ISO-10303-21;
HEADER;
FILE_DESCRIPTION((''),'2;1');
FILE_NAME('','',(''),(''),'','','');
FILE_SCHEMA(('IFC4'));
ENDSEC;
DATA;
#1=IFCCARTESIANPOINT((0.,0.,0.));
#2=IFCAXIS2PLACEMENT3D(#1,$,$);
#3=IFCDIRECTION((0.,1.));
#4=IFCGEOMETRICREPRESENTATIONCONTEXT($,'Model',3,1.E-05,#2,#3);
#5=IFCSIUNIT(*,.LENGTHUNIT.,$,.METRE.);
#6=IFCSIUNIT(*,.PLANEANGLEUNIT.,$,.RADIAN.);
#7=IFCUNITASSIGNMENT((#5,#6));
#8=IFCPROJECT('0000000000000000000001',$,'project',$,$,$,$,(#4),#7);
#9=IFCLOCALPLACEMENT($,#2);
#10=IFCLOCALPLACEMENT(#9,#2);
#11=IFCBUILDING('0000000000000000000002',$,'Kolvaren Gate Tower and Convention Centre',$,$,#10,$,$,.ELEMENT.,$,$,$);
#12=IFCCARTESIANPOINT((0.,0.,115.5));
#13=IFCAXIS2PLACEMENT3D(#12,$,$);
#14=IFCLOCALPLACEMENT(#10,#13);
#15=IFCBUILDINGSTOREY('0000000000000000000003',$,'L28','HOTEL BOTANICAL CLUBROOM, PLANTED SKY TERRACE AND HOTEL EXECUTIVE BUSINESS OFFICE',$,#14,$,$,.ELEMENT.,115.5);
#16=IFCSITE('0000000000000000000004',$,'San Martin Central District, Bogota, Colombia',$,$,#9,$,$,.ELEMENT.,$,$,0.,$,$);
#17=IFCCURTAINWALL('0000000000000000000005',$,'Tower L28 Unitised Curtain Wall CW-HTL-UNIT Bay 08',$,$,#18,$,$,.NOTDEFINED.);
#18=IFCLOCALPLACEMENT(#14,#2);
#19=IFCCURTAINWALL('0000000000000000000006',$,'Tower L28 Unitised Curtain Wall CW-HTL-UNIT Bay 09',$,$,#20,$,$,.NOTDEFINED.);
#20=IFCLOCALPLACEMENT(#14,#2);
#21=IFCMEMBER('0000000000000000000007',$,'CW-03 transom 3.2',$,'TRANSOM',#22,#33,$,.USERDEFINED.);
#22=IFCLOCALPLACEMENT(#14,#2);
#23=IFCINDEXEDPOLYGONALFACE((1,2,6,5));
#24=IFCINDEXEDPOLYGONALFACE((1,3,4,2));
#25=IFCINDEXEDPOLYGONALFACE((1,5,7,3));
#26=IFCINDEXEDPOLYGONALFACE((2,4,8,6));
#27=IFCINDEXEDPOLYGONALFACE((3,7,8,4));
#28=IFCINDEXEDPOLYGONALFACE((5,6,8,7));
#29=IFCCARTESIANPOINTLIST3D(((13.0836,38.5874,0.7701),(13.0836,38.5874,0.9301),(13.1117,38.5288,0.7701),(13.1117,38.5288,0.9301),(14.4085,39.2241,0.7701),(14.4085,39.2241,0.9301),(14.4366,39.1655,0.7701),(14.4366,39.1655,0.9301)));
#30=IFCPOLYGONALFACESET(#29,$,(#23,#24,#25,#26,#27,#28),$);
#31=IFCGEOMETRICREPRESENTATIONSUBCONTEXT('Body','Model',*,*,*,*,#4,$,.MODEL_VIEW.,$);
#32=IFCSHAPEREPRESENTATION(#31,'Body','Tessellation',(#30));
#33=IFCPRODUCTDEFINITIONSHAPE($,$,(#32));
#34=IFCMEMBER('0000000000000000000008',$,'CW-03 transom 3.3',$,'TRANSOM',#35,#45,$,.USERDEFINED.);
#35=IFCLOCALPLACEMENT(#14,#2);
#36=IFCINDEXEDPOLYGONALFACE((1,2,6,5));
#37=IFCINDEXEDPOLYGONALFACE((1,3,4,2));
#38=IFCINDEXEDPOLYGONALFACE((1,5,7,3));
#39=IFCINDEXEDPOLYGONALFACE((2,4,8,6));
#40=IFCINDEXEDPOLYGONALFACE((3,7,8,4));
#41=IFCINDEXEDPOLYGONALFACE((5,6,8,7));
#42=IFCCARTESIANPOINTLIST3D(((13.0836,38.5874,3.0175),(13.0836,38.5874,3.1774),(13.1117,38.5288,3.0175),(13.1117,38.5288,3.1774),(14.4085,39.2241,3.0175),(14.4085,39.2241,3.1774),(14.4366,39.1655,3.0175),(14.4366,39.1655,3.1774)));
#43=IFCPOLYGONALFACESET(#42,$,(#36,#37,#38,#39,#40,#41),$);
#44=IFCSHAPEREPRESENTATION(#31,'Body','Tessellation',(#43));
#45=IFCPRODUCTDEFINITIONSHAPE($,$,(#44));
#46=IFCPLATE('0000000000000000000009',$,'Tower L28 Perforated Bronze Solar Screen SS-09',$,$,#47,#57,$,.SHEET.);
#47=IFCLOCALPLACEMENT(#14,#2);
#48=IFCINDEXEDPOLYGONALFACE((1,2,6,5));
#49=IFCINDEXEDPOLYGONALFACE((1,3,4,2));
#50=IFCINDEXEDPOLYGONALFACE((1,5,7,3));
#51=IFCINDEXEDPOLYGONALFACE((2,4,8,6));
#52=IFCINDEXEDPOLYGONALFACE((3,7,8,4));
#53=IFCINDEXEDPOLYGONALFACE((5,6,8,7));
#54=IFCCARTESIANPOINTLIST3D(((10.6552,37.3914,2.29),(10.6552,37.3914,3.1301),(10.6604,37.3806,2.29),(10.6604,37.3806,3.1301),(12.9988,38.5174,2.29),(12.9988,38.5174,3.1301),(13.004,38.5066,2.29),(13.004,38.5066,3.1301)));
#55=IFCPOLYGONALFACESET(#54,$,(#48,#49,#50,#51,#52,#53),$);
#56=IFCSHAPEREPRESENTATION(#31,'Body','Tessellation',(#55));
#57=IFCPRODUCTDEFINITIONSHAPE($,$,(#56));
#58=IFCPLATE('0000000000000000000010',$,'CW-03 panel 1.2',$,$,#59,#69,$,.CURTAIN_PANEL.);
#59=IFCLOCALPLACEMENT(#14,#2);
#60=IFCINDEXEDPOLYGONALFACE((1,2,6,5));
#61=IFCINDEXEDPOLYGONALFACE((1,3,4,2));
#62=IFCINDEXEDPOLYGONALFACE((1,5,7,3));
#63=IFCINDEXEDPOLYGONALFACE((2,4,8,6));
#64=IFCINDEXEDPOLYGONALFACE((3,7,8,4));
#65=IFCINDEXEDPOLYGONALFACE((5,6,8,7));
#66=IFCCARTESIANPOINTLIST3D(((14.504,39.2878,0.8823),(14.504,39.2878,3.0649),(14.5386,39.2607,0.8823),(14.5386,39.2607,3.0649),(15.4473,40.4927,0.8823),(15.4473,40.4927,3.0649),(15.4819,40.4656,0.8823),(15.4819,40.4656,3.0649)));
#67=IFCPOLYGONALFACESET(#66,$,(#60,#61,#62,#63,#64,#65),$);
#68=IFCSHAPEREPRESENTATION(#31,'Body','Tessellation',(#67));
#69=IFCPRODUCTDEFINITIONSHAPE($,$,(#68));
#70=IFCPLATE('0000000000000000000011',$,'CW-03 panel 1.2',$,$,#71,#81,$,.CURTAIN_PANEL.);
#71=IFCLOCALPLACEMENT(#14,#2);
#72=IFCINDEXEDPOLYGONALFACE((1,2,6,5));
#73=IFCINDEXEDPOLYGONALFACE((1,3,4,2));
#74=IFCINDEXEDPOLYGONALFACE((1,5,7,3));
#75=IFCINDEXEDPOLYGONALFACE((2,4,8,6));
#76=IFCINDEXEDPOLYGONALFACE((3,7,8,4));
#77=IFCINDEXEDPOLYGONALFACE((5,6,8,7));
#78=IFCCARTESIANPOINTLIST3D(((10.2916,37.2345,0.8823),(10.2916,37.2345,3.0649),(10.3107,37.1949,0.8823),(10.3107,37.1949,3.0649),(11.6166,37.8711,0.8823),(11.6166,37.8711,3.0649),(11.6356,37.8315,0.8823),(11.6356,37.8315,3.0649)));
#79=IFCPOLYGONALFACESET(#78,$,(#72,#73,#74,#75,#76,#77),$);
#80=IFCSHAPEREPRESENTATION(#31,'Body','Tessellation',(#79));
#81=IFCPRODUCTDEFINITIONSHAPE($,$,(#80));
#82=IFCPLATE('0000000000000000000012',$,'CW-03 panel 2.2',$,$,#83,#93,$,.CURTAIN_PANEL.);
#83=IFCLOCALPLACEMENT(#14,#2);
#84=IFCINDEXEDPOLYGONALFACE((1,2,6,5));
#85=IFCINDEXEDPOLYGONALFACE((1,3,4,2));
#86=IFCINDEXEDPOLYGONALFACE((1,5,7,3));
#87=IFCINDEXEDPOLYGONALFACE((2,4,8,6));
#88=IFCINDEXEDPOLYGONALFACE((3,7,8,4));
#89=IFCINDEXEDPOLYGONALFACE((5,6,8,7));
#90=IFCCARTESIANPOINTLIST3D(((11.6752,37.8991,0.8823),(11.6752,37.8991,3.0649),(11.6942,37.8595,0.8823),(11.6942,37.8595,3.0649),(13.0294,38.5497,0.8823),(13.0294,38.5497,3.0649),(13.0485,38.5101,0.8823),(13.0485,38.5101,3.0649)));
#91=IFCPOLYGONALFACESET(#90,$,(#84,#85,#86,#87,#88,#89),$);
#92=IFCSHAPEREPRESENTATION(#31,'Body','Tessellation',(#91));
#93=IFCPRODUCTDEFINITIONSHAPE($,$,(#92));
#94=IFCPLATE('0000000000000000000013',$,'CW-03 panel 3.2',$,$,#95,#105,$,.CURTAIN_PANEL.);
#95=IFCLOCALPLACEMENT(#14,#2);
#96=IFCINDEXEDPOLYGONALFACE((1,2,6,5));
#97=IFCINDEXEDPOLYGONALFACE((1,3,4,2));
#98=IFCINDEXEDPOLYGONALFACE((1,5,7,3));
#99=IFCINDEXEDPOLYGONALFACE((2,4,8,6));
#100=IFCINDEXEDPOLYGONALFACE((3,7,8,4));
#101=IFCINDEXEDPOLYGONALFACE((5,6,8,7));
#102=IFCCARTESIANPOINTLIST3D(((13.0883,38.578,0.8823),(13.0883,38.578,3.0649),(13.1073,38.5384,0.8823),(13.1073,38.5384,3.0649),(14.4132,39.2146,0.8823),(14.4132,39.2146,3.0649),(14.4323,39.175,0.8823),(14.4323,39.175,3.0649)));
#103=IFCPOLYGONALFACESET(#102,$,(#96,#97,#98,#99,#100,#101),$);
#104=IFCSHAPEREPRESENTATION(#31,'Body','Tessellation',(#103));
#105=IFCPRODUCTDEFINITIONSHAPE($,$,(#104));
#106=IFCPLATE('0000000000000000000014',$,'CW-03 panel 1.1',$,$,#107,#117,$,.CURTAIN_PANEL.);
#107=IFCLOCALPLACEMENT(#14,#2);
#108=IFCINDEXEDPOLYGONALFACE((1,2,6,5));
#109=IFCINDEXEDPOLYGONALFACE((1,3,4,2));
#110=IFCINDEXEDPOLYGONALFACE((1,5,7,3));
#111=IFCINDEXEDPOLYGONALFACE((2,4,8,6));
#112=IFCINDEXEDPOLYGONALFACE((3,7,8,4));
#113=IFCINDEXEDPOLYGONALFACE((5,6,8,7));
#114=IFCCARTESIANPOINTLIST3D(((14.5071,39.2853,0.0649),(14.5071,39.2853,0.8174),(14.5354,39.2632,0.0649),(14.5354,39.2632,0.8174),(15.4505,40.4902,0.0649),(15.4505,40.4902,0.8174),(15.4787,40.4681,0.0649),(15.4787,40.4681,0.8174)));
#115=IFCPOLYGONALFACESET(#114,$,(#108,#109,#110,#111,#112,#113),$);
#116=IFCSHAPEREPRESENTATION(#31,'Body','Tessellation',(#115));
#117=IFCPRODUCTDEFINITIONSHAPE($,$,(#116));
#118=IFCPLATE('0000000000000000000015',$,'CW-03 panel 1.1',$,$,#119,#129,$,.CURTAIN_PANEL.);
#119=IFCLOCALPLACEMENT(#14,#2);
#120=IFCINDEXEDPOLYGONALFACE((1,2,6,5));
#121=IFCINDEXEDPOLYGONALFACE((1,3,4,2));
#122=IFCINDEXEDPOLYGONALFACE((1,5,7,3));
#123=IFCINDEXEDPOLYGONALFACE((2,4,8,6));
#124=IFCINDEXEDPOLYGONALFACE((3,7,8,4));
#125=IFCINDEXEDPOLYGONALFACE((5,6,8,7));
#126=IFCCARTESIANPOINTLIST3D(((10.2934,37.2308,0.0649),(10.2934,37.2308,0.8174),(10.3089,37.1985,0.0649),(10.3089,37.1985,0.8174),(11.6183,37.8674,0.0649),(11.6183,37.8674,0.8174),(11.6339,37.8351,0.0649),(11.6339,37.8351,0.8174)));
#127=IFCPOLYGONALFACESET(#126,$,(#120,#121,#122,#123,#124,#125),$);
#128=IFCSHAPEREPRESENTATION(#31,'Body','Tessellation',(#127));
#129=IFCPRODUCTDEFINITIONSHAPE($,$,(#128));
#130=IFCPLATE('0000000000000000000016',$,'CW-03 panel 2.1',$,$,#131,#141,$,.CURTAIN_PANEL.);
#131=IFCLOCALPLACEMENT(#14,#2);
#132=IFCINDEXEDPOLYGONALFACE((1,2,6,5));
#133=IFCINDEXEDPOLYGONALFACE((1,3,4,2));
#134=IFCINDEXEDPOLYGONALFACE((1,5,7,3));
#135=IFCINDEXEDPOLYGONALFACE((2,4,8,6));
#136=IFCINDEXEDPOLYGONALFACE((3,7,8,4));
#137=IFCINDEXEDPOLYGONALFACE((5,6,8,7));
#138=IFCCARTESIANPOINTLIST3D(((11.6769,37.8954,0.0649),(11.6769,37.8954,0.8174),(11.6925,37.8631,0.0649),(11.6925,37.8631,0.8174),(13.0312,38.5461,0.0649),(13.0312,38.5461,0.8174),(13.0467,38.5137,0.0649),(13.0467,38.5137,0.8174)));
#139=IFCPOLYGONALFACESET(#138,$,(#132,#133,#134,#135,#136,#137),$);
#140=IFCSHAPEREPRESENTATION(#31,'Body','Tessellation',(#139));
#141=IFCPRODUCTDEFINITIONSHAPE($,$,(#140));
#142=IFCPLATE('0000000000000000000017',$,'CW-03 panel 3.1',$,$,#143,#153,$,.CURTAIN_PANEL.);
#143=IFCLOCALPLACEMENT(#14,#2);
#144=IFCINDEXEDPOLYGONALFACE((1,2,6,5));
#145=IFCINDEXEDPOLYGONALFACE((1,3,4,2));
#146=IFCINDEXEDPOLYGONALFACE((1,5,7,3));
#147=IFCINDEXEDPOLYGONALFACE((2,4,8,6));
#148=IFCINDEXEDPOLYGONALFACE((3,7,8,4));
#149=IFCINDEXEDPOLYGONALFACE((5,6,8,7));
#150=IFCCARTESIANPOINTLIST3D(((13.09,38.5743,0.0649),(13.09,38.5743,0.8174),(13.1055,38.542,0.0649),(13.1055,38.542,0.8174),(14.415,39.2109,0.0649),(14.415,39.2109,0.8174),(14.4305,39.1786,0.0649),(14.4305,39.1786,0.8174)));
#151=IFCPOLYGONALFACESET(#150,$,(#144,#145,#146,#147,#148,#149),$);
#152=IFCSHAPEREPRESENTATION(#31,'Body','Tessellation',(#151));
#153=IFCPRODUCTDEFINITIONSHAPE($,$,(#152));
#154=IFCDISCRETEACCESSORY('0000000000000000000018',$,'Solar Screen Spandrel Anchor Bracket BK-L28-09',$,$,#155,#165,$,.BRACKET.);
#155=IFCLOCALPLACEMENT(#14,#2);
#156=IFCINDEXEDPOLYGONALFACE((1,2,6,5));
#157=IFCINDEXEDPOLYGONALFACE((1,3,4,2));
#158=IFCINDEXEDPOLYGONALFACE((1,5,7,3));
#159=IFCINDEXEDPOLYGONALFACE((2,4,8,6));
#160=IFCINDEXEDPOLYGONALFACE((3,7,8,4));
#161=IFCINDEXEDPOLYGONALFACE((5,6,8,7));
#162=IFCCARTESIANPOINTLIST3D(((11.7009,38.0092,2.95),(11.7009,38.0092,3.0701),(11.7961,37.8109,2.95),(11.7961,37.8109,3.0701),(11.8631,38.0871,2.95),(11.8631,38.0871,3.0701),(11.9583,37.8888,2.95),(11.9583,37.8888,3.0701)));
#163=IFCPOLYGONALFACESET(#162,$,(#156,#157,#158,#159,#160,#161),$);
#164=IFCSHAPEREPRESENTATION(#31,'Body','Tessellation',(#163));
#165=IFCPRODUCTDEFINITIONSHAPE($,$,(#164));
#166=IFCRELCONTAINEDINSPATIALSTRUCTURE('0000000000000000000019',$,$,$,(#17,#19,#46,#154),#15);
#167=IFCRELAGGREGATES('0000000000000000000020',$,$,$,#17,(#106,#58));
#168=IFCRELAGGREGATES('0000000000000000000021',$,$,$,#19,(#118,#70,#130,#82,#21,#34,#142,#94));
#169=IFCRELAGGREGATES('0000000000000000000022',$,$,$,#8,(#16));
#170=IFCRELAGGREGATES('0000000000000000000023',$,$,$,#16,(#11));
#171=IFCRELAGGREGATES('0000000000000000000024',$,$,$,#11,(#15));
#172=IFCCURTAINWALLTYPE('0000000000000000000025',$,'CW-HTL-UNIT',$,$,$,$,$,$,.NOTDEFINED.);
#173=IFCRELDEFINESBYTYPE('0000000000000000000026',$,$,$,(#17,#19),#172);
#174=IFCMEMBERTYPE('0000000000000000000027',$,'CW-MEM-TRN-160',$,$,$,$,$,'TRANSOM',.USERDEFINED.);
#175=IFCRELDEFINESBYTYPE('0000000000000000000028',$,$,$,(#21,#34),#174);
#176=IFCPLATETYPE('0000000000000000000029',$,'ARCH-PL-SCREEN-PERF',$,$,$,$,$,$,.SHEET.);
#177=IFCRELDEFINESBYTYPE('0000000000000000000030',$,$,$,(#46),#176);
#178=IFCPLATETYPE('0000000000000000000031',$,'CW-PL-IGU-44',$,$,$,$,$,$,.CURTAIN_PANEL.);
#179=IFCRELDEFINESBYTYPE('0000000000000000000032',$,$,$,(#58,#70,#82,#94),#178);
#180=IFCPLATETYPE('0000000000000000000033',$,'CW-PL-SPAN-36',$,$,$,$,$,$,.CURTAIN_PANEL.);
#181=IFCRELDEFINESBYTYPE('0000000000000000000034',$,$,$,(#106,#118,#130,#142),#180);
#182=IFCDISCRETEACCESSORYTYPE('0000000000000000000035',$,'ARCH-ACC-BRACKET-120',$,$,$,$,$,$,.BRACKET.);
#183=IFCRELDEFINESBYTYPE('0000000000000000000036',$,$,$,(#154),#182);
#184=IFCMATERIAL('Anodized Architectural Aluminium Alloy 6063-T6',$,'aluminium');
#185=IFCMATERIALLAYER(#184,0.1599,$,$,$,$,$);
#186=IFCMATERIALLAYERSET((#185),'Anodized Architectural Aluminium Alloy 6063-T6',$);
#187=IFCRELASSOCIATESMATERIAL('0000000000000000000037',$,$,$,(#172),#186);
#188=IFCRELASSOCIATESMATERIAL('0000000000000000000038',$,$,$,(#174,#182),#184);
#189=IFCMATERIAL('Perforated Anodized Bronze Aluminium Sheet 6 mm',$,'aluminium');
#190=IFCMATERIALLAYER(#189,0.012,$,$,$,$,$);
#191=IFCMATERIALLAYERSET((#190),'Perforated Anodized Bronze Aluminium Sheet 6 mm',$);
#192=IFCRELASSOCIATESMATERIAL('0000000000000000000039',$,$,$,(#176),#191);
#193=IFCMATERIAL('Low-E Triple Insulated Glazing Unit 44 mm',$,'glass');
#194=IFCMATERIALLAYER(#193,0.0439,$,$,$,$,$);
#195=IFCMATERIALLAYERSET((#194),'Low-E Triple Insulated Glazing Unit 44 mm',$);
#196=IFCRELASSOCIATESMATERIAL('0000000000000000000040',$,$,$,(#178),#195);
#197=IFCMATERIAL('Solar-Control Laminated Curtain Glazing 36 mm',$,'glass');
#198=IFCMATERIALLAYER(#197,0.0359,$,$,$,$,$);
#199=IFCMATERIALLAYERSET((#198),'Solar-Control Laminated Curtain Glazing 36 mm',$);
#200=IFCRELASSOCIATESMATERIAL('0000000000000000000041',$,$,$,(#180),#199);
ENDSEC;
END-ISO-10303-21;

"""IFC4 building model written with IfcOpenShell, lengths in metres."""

from ifc_helpers import new_model, si_unit, direction, frame, origin, origin_2d, place, context, subcontext, project, spatial, rectangle, extrude, material, layer, layer_set, material_profile, profile_set, type_object, element, aggregate, save


model = new_model("IFC4")

# Units and contexts
model_context = context("Model", 3, precision=1e-05, world=origin(), true_north=direction((0.0, 1.0)))
body_context = subcontext(model_context, "Body", "Model", "MODEL_VIEW")
ifc_project = project(units=[si_unit("LENGTHUNIT", "METRE"), si_unit("PLANEANGLEUNIT", "RADIAN")], contexts=[model_context])

# Site, building, storey
site_placement = place(None, origin())
site = spatial("IfcSite", under=ifc_project, at=site_placement, Name="San Martin Central District, Bogota, Colombia", CompositionType="ELEMENT", RefElevation=0.0)
building_placement = place(site_placement, origin())
building = spatial("IfcBuilding", under=site, at=building_placement, Name="Kolvaren Gate Tower and Convention Centre", CompositionType="ELEMENT")
storey_placement = place(building_placement, frame((0.0, 0.0, 115.5)))
storey = spatial("IfcBuildingStorey", under=building, at=storey_placement, Name="L28", Description="HOTEL BOTANICAL CLUBROOM, PLANTED SKY TERRACE AND HOTEL EXECUTIVE BUSINESS OFFICE", CompositionType="ELEMENT", Elevation=115.5)

# Curtain wall
ifc_material_1 = material(Name="Anodized Architectural Aluminium Alloy 6063-T6", Category="aluminium")
ifc_layer_1 = layer(ifc_material_1, 0.1599)
ifc_layer_set_1 = layer_set([ifc_layer_1], Name="Anodized Architectural Aluminium Alloy 6063-T6")
curtain_wall_type = type_object("IfcCurtainWallType", Name="CW-HTL-UNIT", PredefinedType="NOTDEFINED", material=ifc_layer_set_1)
curtain_wall_1_placement = place(storey_placement, origin())
curtain_wall_1 = element("IfcCurtainWall", 1, at=curtain_wall_1_placement, inside=storey, type_object=curtain_wall_type, Name="Tower L28 Unitised Curtain Wall CW-HTL-UNIT Bay 08", PredefinedType="NOTDEFINED")

# Curtain wall
curtain_wall_2_placement = place(storey_placement, origin())
curtain_wall_2 = element("IfcCurtainWall", 2, at=curtain_wall_2_placement, inside=storey, type_object=curtain_wall_type, Name="Tower L28 Unitised Curtain Wall CW-HTL-UNIT Bay 09", PredefinedType="NOTDEFINED")

# Members
ifc_material_profile_1 = material_profile(ifc_material_1, rectangle(XDim=0.0649, YDim=0.1599, at=origin_2d()), Name="CW-MEM-TRN-160")
ifc_profile_set_1 = profile_set([ifc_material_profile_1], Name="Anodized Architectural Aluminium Alloy 6063-T6")
member_type_1 = type_object("IfcMemberType", Name="CW-MEM-TRN-160", ElementType="TRANSOM", PredefinedType="USERDEFINED", material=ifc_profile_set_1)
member_1_placement = place(storey_placement, frame((13.0977, 38.5581, 0.8501), z_axis=(0.901326, 0.433141, 0.0), x_axis=(-0.433141, 0.901326, 0.0)))
member_1 = element("IfcMember", 3, at=member_1_placement, type_object=member_type_1, Name="CW-03 transom 3.2", ObjectType="TRANSOM", PredefinedType="USERDEFINED", context=body_context, shape_type="SweptSolid", body=[
    extrude(rectangle(XDim=0.0649, YDim=0.1599, at=origin_2d()), origin(), (0.0, 0.0, 1.0), 1.47),
])
member_2_placement = place(storey_placement, frame((13.0977, 38.5581, 3.0974), z_axis=(0.901326, 0.433141, 0.0), x_axis=(-0.433141, 0.901326, 0.0)))
member_2 = element("IfcMember", 4, at=member_2_placement, type_object=member_type_1, Name="CW-03 transom 3.3", ObjectType="TRANSOM", PredefinedType="USERDEFINED", context=body_context, shape_type="SweptSolid", body=[
    extrude(rectangle(XDim=0.0649, YDim=0.1599, at=origin_2d()), origin(), (0.0, 0.0, 1.0), 1.47),
])

# Plates
ifc_material_2 = material(Name="Perforated Anodized Bronze Aluminium Sheet 6 mm", Category="aluminium")
ifc_layer_2 = layer(ifc_material_2, 0.012)
ifc_layer_set_2 = layer_set([ifc_layer_2], Name="Perforated Anodized Bronze Aluminium Sheet 6 mm")
plate_type_1 = type_object("IfcPlateType", Name="ARCH-PL-SCREEN-PERF", PredefinedType="SHEET", material=ifc_layer_set_2)
plate_1_placement = place(storey_placement, frame((11.8296, 37.949, 2.29), z_axis=(0.0, 0.0, 1.0), x_axis=(0.901363, 0.433065, 0.0)))
element("IfcPlate", 5, at=plate_1_placement, inside=storey, type_object=plate_type_1, Name="Tower L28 Perforated Bronze Solar Screen SS-09", PredefinedType="SHEET", context=body_context, shape_type="SweptSolid", body=[
    extrude(rectangle(XDim=2.6001, YDim=0.012, at=origin_2d()), origin(), (0.0, 0.0, 1.0), 0.8401),
])
ifc_material_3 = material(Name="Low-E Triple Insulated Glazing Unit 44 mm", Category="glass")
ifc_layer_3 = layer(ifc_material_3, 0.0439)
ifc_layer_set_3 = layer_set([ifc_layer_3], Name="Low-E Triple Insulated Glazing Unit 44 mm")
plate_type_2 = type_object("IfcPlateType", Name="CW-PL-IGU-44", PredefinedType="CURTAIN_PANEL", material=ifc_layer_set_3)
plate_2_placement = place(storey_placement, frame((14.9929, 39.8767, 0.8823), z_axis=(0.0, 0.0, 1.0), x_axis=(0.616441, 0.787401, 0.0)))
plate_2 = element("IfcPlate", 6, at=plate_2_placement, type_object=plate_type_2, Name="CW-03 panel 1.2", PredefinedType="CURTAIN_PANEL", context=body_context, shape_type="SweptSolid", body=[
    extrude(rectangle(XDim=1.5303, YDim=0.0439, at=origin_2d()), origin(), (0.0, 0.0, 1.0), 2.1826),
])
plate_3_placement = place(storey_placement, frame((10.9636, 37.533, 0.8823), z_axis=(0.0, 0.0, 1.0), x_axis=(0.901359, 0.433073, 0.0)))
plate_3 = element("IfcPlate", 7, at=plate_3_placement, type_object=plate_type_2, Name="CW-03 panel 1.2", PredefinedType="CURTAIN_PANEL", context=body_context, shape_type="SweptSolid", body=[
    extrude(rectangle(XDim=1.47, YDim=0.0439, at=origin_2d()), origin(), (0.0, 0.0, 1.0), 2.1826),
])
plate_4_placement = place(storey_placement, frame((12.3618, 38.2046, 0.8823), z_axis=(0.0, 0.0, 1.0), x_axis=(0.901359, 0.433073, 0.0)))
plate_4 = element("IfcPlate", 8, at=plate_4_placement, type_object=plate_type_2, Name="CW-03 panel 2.2", PredefinedType="CURTAIN_PANEL", context=body_context, shape_type="SweptSolid", body=[
    extrude(rectangle(XDim=1.5024, YDim=0.0439, at=origin_2d()), origin(), (0.0, 0.0, 1.0), 2.1826),
])
plate_5_placement = place(storey_placement, frame((13.7603, 38.8765, 0.8823), z_axis=(0.0, 0.0, 1.0), x_axis=(0.901359, 0.433073, 0.0)))
plate_5 = element("IfcPlate", 9, at=plate_5_placement, type_object=plate_type_2, Name="CW-03 panel 3.2", PredefinedType="CURTAIN_PANEL", context=body_context, shape_type="SweptSolid", body=[
    extrude(rectangle(XDim=1.47, YDim=0.0439, at=origin_2d()), origin(), (0.0, 0.0, 1.0), 2.1826),
])
ifc_material_4 = material(Name="Solar-Control Laminated Curtain Glazing 36 mm", Category="glass")
ifc_layer_4 = layer(ifc_material_4, 0.0359)
ifc_layer_set_4 = layer_set([ifc_layer_4], Name="Solar-Control Laminated Curtain Glazing 36 mm")
plate_type_3 = type_object("IfcPlateType", Name="CW-PL-SPAN-36", PredefinedType="CURTAIN_PANEL", material=ifc_layer_set_4)
plate_6_placement = place(storey_placement, frame((14.9929, 39.8767, 0.0649), z_axis=(0.0, 0.0, 1.0), x_axis=(0.616441, 0.787401, 0.0)))
plate_6 = element("IfcPlate", 10, at=plate_6_placement, type_object=plate_type_3, Name="CW-03 panel 1.1", PredefinedType="CURTAIN_PANEL", context=body_context, shape_type="SweptSolid", body=[
    extrude(rectangle(XDim=1.5303, YDim=0.0359, at=origin_2d()), origin(), (0.0, 0.0, 1.0), 0.7524),
])
aggregate(curtain_wall_1, [plate_6, plate_2])
plate_7_placement = place(storey_placement, frame((10.9636, 37.533, 0.0649), z_axis=(0.0, 0.0, 1.0), x_axis=(0.901359, 0.433073, 0.0)))
plate_7 = element("IfcPlate", 11, at=plate_7_placement, type_object=plate_type_3, Name="CW-03 panel 1.1", PredefinedType="CURTAIN_PANEL", context=body_context, shape_type="SweptSolid", body=[
    extrude(rectangle(XDim=1.47, YDim=0.0359, at=origin_2d()), origin(), (0.0, 0.0, 1.0), 0.7524),
])
plate_8_placement = place(storey_placement, frame((12.3618, 38.2046, 0.0649), z_axis=(0.0, 0.0, 1.0), x_axis=(0.901359, 0.433073, 0.0)))
plate_8 = element("IfcPlate", 12, at=plate_8_placement, type_object=plate_type_3, Name="CW-03 panel 2.1", PredefinedType="CURTAIN_PANEL", context=body_context, shape_type="SweptSolid", body=[
    extrude(rectangle(XDim=1.5024, YDim=0.0359, at=origin_2d()), origin(), (0.0, 0.0, 1.0), 0.7524),
])
plate_9_placement = place(storey_placement, frame((13.7603, 38.8765, 0.0649), z_axis=(0.0, 0.0, 1.0), x_axis=(0.901359, 0.433073, 0.0)))
plate_9 = element("IfcPlate", 13, at=plate_9_placement, type_object=plate_type_3, Name="CW-03 panel 3.1", PredefinedType="CURTAIN_PANEL", context=body_context, shape_type="SweptSolid", body=[
    extrude(rectangle(XDim=1.47, YDim=0.0359, at=origin_2d()), origin(), (0.0, 0.0, 1.0), 0.7524),
])
aggregate(curtain_wall_2, [plate_7, plate_3, plate_8, plate_4, member_1, member_2, plate_9, plate_5])

# Discrete accessory
discrete_accessory_type = type_object("IfcDiscreteAccessoryType", Name="ARCH-ACC-BRACKET-120", PredefinedType="BRACKET", material=ifc_material_1)
discrete_accessory_placement = place(storey_placement, frame((11.8296, 37.949, 2.95), z_axis=(0.0, 0.0, 1.0), x_axis=(0.901363, 0.433065, 0.0)))
element("IfcDiscreteAccessory", 14, at=discrete_accessory_placement, inside=storey, type_object=discrete_accessory_type, Name="Solar Screen Spandrel Anchor Bracket BK-L28-09", PredefinedType="BRACKET", context=body_context, shape_type="SweptSolid", body=[
    extrude(rectangle(XDim=0.1799, YDim=0.22, at=origin_2d()), origin(), (0.0, 0.0, 1.0), 0.1201),
])

save(model, "model.ifc")
